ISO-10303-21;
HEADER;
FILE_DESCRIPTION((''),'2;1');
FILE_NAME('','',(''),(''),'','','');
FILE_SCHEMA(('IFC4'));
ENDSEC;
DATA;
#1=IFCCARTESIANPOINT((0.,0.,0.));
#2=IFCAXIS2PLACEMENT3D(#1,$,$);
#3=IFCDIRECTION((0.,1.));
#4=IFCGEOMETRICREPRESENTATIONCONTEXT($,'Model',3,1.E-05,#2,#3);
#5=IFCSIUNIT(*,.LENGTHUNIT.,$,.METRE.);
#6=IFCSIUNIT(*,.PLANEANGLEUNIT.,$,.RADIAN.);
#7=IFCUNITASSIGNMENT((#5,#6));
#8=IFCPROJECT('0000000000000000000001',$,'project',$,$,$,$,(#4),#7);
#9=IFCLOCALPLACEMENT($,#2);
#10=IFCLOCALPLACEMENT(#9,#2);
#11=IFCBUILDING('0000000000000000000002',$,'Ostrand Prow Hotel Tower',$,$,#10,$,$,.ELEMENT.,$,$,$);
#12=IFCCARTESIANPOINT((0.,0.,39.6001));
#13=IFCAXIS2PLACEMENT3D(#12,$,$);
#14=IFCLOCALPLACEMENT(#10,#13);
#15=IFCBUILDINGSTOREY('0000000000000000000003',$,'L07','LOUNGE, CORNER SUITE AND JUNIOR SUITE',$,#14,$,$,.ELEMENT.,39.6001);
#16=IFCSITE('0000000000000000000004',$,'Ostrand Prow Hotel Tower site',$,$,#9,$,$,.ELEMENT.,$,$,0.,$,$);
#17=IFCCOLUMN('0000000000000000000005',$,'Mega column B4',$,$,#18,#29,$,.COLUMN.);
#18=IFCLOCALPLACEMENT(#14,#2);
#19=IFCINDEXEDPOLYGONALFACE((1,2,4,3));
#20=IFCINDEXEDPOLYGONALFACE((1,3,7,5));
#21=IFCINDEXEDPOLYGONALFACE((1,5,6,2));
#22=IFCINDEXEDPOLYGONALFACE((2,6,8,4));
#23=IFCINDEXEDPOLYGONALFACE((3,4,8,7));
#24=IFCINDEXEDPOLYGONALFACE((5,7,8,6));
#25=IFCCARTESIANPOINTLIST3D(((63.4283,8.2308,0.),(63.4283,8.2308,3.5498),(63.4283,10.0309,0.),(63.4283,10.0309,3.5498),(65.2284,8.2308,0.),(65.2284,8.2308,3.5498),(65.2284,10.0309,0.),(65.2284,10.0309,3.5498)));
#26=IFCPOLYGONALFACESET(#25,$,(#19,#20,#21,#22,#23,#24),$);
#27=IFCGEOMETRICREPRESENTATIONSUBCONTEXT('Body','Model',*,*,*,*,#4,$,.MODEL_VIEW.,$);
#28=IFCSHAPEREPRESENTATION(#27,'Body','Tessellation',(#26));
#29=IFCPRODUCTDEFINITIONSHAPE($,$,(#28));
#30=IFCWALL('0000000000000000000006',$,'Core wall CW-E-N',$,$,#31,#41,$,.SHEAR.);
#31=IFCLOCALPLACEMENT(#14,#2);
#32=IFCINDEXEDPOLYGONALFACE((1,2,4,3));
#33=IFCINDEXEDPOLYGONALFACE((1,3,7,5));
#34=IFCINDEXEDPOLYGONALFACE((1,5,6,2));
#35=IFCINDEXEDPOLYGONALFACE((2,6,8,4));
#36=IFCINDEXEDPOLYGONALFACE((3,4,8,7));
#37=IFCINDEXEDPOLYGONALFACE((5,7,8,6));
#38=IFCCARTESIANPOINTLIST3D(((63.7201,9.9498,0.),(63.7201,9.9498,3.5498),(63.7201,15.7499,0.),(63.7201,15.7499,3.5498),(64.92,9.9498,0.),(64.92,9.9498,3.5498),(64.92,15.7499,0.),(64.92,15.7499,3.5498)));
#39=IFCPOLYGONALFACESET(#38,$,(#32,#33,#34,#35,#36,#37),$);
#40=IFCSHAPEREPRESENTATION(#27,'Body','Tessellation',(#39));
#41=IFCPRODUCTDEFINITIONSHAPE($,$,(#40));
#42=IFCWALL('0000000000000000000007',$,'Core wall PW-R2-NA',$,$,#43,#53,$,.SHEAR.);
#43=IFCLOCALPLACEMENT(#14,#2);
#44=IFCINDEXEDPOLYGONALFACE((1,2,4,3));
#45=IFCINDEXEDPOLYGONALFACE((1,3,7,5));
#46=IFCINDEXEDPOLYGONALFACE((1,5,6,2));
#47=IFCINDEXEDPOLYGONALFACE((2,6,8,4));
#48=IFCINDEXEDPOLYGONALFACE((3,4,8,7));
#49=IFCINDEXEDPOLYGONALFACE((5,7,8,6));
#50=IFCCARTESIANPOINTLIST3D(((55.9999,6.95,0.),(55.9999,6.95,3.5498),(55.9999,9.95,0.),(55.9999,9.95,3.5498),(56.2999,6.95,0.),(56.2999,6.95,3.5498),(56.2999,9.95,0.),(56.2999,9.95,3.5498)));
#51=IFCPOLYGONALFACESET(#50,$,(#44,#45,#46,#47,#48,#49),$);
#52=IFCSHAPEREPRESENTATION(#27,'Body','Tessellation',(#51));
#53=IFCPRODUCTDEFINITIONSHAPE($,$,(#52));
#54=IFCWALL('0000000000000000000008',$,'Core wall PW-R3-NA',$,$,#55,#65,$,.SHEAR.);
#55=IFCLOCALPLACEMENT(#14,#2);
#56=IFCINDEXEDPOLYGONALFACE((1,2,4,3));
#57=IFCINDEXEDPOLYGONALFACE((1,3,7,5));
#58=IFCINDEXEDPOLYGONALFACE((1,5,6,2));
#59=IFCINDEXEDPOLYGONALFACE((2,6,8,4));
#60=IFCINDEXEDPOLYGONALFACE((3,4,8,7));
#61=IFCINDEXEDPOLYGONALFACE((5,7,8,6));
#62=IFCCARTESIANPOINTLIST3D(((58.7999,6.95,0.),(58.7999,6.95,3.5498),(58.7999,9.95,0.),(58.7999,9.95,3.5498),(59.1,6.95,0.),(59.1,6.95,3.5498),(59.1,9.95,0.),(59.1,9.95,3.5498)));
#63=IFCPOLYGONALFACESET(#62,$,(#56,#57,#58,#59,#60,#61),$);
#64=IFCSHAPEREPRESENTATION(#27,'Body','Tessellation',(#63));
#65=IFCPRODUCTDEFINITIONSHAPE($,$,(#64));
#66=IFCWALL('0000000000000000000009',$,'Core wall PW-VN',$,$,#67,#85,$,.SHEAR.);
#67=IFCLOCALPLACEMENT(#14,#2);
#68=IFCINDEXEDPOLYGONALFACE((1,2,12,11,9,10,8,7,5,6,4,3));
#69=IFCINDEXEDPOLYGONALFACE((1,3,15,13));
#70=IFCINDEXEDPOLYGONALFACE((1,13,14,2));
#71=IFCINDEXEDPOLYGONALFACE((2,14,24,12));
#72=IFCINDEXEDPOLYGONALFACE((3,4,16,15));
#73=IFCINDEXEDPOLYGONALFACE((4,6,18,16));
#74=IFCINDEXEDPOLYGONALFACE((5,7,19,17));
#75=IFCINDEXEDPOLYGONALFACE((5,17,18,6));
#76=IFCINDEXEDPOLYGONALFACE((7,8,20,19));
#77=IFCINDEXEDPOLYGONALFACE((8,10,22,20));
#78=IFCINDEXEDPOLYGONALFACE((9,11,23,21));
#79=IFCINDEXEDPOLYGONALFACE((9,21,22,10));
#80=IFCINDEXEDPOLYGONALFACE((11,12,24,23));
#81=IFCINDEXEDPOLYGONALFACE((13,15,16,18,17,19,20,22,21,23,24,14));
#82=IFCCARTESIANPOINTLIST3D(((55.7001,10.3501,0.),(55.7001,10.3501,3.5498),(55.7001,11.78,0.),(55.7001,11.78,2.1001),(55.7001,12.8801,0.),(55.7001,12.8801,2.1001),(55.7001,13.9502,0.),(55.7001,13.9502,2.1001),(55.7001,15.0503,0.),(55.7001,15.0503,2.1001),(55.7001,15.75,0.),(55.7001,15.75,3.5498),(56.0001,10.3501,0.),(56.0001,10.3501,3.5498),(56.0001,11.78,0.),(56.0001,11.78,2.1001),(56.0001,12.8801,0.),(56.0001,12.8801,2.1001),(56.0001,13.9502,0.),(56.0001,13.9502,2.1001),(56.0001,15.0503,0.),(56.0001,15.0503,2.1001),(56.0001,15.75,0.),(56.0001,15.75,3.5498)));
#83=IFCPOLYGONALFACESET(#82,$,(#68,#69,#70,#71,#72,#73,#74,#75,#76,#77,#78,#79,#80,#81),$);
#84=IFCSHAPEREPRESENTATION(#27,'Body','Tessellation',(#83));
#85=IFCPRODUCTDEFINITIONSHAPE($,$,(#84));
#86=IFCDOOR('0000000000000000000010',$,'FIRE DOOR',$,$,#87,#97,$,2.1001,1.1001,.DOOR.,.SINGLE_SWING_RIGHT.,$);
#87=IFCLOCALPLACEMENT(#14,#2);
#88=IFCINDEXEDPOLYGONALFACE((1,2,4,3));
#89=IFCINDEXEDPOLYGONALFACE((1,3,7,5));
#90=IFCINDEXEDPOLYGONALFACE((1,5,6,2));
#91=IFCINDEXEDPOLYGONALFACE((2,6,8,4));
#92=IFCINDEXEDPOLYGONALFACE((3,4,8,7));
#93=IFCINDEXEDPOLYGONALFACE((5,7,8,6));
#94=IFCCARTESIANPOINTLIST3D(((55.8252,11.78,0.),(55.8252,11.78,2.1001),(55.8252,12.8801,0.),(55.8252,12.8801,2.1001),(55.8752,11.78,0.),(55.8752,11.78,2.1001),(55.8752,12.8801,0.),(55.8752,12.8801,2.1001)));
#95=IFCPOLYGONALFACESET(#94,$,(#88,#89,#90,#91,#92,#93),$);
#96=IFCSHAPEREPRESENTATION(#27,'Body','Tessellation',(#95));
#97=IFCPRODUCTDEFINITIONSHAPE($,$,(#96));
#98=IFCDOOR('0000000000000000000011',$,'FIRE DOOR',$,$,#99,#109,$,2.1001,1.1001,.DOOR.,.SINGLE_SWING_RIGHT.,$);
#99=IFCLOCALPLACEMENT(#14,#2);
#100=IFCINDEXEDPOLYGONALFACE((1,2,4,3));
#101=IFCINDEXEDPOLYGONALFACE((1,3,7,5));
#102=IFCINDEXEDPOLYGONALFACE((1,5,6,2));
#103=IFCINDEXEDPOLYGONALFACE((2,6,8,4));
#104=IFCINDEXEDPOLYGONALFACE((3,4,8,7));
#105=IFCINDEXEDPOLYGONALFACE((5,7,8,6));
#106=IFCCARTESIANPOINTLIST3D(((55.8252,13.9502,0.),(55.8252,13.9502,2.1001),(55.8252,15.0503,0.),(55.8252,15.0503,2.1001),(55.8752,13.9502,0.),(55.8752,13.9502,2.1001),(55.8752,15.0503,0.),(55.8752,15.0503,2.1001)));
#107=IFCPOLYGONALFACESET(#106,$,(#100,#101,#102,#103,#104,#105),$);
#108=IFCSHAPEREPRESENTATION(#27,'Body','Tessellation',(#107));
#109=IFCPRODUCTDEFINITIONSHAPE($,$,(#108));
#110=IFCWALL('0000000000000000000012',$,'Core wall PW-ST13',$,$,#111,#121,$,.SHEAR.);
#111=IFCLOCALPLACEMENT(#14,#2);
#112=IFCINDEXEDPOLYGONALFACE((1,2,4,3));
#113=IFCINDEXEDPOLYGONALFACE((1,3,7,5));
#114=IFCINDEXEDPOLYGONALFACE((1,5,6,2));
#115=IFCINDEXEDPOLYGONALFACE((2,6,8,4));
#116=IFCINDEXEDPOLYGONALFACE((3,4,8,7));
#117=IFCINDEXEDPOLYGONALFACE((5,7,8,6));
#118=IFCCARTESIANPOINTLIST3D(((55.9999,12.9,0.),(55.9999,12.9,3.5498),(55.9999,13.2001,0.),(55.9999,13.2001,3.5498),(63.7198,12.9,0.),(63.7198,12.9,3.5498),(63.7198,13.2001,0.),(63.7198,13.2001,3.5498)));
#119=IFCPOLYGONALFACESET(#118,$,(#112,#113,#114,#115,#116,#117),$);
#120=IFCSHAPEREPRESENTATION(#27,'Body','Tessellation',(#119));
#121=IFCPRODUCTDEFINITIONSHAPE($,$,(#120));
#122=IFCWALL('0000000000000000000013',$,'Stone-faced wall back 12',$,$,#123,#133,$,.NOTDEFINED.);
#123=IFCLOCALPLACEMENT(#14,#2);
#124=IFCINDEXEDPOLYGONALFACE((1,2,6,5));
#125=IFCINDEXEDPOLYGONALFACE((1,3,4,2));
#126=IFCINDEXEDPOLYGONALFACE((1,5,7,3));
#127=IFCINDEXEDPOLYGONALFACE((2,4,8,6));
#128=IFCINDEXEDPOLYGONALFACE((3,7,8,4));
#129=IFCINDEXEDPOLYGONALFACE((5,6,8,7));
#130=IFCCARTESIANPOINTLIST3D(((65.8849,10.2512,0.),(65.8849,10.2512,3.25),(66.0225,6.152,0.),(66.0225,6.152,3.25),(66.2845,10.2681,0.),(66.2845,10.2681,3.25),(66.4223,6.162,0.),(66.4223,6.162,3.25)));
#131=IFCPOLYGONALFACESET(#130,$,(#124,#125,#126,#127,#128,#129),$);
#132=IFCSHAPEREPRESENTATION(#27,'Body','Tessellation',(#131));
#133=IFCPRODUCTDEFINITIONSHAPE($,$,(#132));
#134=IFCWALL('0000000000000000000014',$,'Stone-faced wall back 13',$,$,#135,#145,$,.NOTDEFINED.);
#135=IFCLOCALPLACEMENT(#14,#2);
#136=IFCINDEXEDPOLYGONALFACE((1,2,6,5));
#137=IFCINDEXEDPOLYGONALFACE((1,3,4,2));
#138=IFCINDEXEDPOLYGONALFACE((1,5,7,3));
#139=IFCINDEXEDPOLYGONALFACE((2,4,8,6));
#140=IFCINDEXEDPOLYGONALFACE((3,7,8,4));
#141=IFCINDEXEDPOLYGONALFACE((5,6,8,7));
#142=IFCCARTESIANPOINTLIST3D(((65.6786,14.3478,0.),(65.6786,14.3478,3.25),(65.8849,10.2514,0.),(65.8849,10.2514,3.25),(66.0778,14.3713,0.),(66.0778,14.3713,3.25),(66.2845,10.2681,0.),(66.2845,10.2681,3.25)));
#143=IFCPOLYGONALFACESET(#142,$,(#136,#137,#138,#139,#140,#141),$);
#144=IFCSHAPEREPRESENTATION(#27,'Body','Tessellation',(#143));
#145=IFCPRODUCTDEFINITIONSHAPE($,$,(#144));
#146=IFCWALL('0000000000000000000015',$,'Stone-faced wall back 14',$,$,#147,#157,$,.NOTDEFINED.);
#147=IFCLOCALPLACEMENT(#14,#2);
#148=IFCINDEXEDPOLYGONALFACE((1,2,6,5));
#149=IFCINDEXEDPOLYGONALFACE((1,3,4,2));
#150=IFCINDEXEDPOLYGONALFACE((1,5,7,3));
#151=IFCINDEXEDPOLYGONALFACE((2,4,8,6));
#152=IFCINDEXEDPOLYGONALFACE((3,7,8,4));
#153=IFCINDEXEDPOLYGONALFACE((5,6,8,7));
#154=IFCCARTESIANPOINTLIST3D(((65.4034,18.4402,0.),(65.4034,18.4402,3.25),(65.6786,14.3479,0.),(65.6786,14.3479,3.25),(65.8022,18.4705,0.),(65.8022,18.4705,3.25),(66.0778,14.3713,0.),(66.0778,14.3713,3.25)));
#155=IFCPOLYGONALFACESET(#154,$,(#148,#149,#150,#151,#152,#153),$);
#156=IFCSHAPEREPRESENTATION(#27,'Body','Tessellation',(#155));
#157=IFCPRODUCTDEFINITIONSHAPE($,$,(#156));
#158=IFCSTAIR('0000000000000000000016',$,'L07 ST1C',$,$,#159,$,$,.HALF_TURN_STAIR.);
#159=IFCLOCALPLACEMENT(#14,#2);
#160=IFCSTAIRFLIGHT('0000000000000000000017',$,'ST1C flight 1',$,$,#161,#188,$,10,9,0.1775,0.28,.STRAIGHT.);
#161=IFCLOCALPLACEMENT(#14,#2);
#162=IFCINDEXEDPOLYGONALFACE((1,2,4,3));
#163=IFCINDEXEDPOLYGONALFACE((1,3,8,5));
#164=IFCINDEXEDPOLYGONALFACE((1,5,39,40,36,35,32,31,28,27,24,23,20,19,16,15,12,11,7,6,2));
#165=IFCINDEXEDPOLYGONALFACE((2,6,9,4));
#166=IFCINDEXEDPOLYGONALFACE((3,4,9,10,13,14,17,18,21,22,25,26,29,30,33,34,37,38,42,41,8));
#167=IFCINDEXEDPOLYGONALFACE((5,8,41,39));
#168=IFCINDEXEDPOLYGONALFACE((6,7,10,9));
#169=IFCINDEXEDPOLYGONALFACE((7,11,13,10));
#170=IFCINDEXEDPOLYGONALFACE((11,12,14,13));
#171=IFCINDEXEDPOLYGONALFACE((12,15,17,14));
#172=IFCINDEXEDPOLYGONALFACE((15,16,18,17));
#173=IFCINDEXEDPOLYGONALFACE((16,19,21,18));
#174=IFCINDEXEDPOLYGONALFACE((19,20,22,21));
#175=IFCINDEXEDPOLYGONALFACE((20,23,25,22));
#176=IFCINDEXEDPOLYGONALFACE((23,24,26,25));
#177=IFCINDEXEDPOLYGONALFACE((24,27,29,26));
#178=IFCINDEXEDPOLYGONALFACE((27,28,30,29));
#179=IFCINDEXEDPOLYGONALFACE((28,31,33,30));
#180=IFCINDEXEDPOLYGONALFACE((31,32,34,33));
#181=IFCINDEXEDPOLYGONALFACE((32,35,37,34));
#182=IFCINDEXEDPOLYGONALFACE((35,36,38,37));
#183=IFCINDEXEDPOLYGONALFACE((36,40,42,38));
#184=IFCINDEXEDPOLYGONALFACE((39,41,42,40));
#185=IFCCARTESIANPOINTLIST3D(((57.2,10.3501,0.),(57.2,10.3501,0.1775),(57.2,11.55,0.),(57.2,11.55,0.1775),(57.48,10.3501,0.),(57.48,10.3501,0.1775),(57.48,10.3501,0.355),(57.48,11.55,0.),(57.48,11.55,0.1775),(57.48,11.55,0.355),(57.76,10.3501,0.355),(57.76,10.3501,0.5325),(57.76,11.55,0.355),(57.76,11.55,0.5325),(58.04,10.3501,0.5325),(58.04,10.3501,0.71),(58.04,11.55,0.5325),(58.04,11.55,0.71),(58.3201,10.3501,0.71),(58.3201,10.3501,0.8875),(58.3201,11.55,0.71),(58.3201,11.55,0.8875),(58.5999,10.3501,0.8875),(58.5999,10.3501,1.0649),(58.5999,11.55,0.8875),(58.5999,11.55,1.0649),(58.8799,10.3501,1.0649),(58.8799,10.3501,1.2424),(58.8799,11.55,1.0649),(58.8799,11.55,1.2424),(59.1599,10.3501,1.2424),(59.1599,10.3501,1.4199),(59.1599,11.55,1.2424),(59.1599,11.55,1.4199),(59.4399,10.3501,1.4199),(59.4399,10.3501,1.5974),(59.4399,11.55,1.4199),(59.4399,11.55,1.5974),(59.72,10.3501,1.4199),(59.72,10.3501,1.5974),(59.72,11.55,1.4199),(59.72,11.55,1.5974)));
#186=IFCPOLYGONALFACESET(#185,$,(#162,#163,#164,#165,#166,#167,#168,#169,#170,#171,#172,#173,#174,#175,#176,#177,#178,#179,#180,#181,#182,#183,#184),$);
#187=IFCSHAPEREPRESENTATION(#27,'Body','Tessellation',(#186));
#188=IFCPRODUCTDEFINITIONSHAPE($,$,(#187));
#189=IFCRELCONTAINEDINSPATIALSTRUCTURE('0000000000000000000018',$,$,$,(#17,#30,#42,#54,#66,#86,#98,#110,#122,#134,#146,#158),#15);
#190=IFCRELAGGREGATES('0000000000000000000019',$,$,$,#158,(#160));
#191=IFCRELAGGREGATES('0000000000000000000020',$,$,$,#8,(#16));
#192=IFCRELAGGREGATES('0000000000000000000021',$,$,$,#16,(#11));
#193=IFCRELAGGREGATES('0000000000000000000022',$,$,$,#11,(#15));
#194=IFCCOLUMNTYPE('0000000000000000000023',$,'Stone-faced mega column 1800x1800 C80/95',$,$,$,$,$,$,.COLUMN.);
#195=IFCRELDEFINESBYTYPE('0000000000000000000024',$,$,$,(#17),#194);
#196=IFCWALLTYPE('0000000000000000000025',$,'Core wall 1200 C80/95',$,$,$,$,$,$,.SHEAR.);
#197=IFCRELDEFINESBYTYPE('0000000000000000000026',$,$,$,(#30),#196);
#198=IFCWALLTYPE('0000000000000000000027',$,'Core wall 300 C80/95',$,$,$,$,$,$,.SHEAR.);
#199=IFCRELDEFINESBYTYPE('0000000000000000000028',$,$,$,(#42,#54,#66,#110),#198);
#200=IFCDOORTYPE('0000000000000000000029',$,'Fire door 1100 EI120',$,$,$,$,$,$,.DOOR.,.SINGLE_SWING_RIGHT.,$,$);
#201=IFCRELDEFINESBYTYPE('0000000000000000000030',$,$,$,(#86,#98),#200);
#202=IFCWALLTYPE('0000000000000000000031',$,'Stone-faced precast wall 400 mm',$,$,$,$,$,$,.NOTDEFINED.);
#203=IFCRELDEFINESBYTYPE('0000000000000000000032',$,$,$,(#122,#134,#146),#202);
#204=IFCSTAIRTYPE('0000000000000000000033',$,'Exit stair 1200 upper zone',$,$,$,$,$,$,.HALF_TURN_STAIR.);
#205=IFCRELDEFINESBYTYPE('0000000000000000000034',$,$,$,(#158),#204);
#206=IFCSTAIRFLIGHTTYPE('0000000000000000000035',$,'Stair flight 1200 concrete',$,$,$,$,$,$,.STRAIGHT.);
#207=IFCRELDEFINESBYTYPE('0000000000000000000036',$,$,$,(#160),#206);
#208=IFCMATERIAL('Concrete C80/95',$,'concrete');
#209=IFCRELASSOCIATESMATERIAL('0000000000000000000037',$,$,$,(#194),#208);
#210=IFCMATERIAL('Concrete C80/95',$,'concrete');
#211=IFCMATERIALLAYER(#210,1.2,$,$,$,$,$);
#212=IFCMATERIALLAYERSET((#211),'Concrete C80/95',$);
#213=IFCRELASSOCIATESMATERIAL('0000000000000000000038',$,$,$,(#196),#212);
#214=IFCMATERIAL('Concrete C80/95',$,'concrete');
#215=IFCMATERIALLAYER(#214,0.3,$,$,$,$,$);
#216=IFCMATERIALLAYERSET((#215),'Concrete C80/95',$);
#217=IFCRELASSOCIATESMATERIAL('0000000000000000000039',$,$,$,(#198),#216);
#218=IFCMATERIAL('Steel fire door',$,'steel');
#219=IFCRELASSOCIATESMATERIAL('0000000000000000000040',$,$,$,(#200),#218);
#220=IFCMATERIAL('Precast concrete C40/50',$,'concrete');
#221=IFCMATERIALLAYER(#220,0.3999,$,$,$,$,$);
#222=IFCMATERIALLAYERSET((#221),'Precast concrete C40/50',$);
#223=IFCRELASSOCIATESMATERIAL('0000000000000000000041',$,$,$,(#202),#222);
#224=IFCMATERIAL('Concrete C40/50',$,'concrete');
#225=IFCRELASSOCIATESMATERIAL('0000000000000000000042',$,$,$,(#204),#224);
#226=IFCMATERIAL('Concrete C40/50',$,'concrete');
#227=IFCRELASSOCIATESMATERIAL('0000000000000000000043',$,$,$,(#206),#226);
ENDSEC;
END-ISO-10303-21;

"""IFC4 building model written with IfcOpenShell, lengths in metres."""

from ifc_helpers import new_model, si_unit, direction, frame, frame_2d, origin, origin_2d, place, context, subcontext, project, spatial, polyline, rectangle, outline, extrude, material, layer, layer_set, material_profile, profile_set, type_object, element, fill, aggregate, save


model = new_model("IFC4")

# Units and contexts
model_context = context("Model", 3, precision=1e-05, world=origin(), true_north=direction((0.0, 1.0)))
body_context = subcontext(model_context, "Body", "Model", "MODEL_VIEW")
ifc_project = project(units=[si_unit("LENGTHUNIT", "METRE"), si_unit("PLANEANGLEUNIT", "RADIAN")], contexts=[model_context])

# Site, building, storey
site_placement = place(None, origin())
site = spatial("IfcSite", under=ifc_project, at=site_placement, Name="Ostrand Prow Hotel Tower site", CompositionType="ELEMENT", RefElevation=0.0)
building_placement = place(site_placement, origin())
building = spatial("IfcBuilding", under=site, at=building_placement, Name="Ostrand Prow Hotel Tower", CompositionType="ELEMENT")
storey_placement = place(building_placement, frame((0.0, 0.0, 39.6001)))
storey = spatial("IfcBuildingStorey", under=building, at=storey_placement, Name="L07", Description="LOUNGE, CORNER SUITE AND JUNIOR SUITE", CompositionType="ELEMENT", Elevation=39.6001)

# Column
ifc_material_1 = material(Name="Concrete C80/95", Category="concrete")
ifc_material_profile = material_profile(ifc_material_1, rectangle(XDim=1.8, YDim=1.8, at=origin_2d()), Name="RC 1800x1800")
ifc_profile_set = profile_set([ifc_material_profile], Name="Concrete C80/95")
column_type = type_object("IfcColumnType", Name="Stone-faced mega column 1800x1800 C80/95", PredefinedType="COLUMN", material=ifc_profile_set)
column_placement = place(storey_placement, frame((64.3284, 9.1309, 0.0), z_axis=(0.0, 0.0, 1.0), x_axis=(1.0, 0.0, 0.0)))
element("IfcColumn", 1, at=column_placement, inside=storey, type_object=column_type, Name="Mega column B4", PredefinedType="COLUMN", context=body_context, shape_type="SweptSolid", body=[
    extrude(rectangle(XDim=1.8, YDim=1.8, at=origin_2d()), origin(), (0.0, 0.0, 1.0), 3.5498),
])

# Walls
ifc_material_2 = material(Name="Concrete C80/95", Category="concrete")
ifc_layer_1 = layer(ifc_material_2, 1.2)
ifc_layer_set_1 = layer_set([ifc_layer_1], Name="Concrete C80/95")
wall_type_1 = type_object("IfcWallType", Name="Core wall 1200 C80/95", PredefinedType="SHEAR", material=ifc_layer_set_1)
wall_1_placement = place(storey_placement, frame((64.3201, 9.95, 0.0), z_axis=(0.0, 0.0, 1.0), x_axis=(0.0, 1.0, 0.0)))
element("IfcWall", 2, at=wall_1_placement, inside=storey, type_object=wall_type_1, Name="Core wall CW-E-N", PredefinedType="SHEAR", context=body_context, shape_type="SweptSolid", body=[
    extrude(rectangle(XDim=5.8, YDim=1.2, at=frame_2d((2.8999, 0.0))), origin(), (0.0, 0.0, 1.0), 3.5498),
])
ifc_material_3 = material(Name="Concrete C80/95", Category="concrete")
ifc_layer_2 = layer(ifc_material_3, 0.3)
ifc_layer_set_2 = layer_set([ifc_layer_2], Name="Concrete C80/95")
wall_type_2 = type_object("IfcWallType", Name="Core wall 300 C80/95", PredefinedType="SHEAR", material=ifc_layer_set_2)
for number, where, z_axis, x_axis, name in (
    (3, (56.1499, 6.95, 0.0), (0.0, 0.0, 1.0), (0.0, 1.0, 0.0), "Core wall PW-R2-NA"),
    (4, (58.95, 6.95, 0.0), (0.0, 0.0, 1.0), (0.0, 1.0, 0.0), "Core wall PW-R3-NA"),
):
    element("IfcWall", number, at=place(storey_placement, frame(where, z_axis=z_axis, x_axis=x_axis)), inside=storey, type_object=wall_type_2, Name=name, PredefinedType="SHEAR", context=body_context, shape_type="SweptSolid", body=[
        extrude(rectangle(XDim=3.0, YDim=0.3, at=frame_2d((1.5, 0.0))), origin(), (0.0, 0.0, 1.0), 3.5498),
    ])

# Wall, openings, doors
wall_2_placement = place(storey_placement, frame((55.8501, 10.3501, 0.0), z_axis=(0.0, 0.0, 1.0), x_axis=(0.0, 1.0, 0.0)))
wall_2 = element("IfcWall", 5, at=wall_2_placement, inside=storey, type_object=wall_type_2, Name="Core wall PW-VN", PredefinedType="SHEAR", context=body_context, shape_type="SweptSolid", body=[
    extrude(rectangle(XDim=5.3999, YDim=0.3, at=frame_2d((2.7, 0.0))), origin(), (0.0, 0.0, 1.0), 3.5498),
])
opening_1_placement = place(wall_2_placement, frame((1.4299, 0.0, 0.0)))
opening_1 = element("IfcOpeningElement", 6, at=opening_1_placement, cuts=wall_2, PredefinedType="OPENING", context=body_context, shape_type="SweptSolid", body=[
    extrude(rectangle(XDim=1.1001, YDim=2.1001, at=frame_2d((0.55, 1.05))), frame((0.0, 0.1599, 0.0), z_axis=(0.0, -1.0, 0.0), x_axis=(1.0, 0.0, 0.0)), (0.0, 0.0, 1.0), 0.3201),
])
opening_2_placement = place(wall_2_placement, frame((3.6001, 0.0, 0.0)))
opening_2 = element("IfcOpeningElement", 7, at=opening_2_placement, cuts=wall_2, PredefinedType="OPENING", context=body_context, shape_type="SweptSolid", body=[
    extrude(rectangle(XDim=1.1001, YDim=2.1001, at=frame_2d((0.55, 1.05))), frame((0.0, 0.1599, 0.0), z_axis=(0.0, -1.0, 0.0), x_axis=(1.0, 0.0, 0.0)), (0.0, 0.0, 1.0), 0.3201),
])
ifc_material_4 = material(Name="Steel fire door", Category="steel")
door_type = type_object("IfcDoorType", Name="Fire door 1100 EI120", OperationType="SINGLE_SWING_RIGHT", PredefinedType="DOOR", material=ifc_material_4)
door_1_placement = place(opening_1_placement, origin())
door_1 = element("IfcDoor", 8, at=door_1_placement, inside=storey, type_object=door_type, Name="FIRE DOOR", OperationType="SINGLE_SWING_RIGHT", OverallHeight=2.1001, OverallWidth=1.1001, PredefinedType="DOOR", context=body_context, shape_type="SweptSolid", body=[
    extrude(rectangle(XDim=1.1001, YDim=2.1001, at=frame_2d((0.55, 1.05))), frame((0.0, 0.0249, 0.0), z_axis=(0.0, -1.0, 0.0), x_axis=(1.0, 0.0, 0.0)), (0.0, 0.0, 1.0), 0.05),
])
fill(opening_1, door_1)
door_2_placement = place(opening_2_placement, origin())
door_2 = element("IfcDoor", 9, at=door_2_placement, inside=storey, type_object=door_type, Name="FIRE DOOR", OperationType="SINGLE_SWING_RIGHT", OverallHeight=2.1001, OverallWidth=1.1001, PredefinedType="DOOR", context=body_context, shape_type="SweptSolid", body=[
    extrude(rectangle(XDim=1.1001, YDim=2.1001, at=frame_2d((0.55, 1.05))), frame((0.0, 0.0249, 0.0), z_axis=(0.0, -1.0, 0.0), x_axis=(1.0, 0.0, 0.0)), (0.0, 0.0, 1.0), 0.05),
])
fill(opening_2, door_2)

# Walls
wall_3_placement = place(storey_placement, frame((56.0, 13.05, 0.0), z_axis=(0.0, 0.0, 1.0), x_axis=(1.0, 0.0, 0.0)))
element("IfcWall", 10, at=wall_3_placement, inside=storey, type_object=wall_type_2, Name="Core wall PW-ST13", PredefinedType="SHEAR", context=body_context, shape_type="SweptSolid", body=[
    extrude(rectangle(XDim=7.72, YDim=0.3, at=frame_2d((3.8599, 0.0))), origin(), (0.0, 0.0, 1.0), 3.5498),
])
ifc_material_5 = material(Name="Precast concrete C40/50", Category="concrete")
ifc_layer_3 = layer(ifc_material_5, 0.3999)
ifc_layer_set_3 = layer_set([ifc_layer_3], Name="Precast concrete C40/50")
wall_type_3 = type_object("IfcWallType", Name="Stone-faced precast wall 400 mm", PredefinedType="NOTDEFINED", material=ifc_layer_set_3)
for number, where, z_axis, x_axis, name in (
    (11, (66.2224, 6.157, 0.0), (0.0, 0.0, 1.0), (-0.033543, 0.999437, 0.0), "Stone-faced wall back 12"),
    (12, (66.0847, 10.2598, 0.0), (0.0, 0.0, 1.0), (-0.050314, 0.998733, 0.0), "Stone-faced wall back 13"),
    (13, (65.8782, 14.3596, 0.0), (0.0, 0.0, 1.0), (-0.067087, 0.997747, 0.0), "Stone-faced wall back 14"),
):
    element("IfcWall", number, at=place(storey_placement, frame(where, z_axis=z_axis, x_axis=x_axis)), inside=storey, type_object=wall_type_3, Name=name, PredefinedType="NOTDEFINED", context=body_context, shape_type="SweptSolid", body=[
        extrude(outline(polyline([(-0.0017, -0.2), (4.1067, -0.2), (4.1033, 0.2), (0.0017, 0.2), (-0.0017, -0.2)])), origin(), (0.0, 0.0, 1.0), 3.25),
    ])

# Stair, stair flight
ifc_material_6 = material(Name="Concrete C40/50", Category="concrete")
stair_type = type_object("IfcStairType", Name="Exit stair 1200 upper zone", PredefinedType="HALF_TURN_STAIR", material=ifc_material_6)
stair_1_placement = place(storey_placement, origin())
stair_1 = element("IfcStair", 14, at=stair_1_placement, inside=storey, type_object=stair_type, Name="L07 ST1C", PredefinedType="HALF_TURN_STAIR")
ifc_material_7 = material(Name="Concrete C40/50", Category="concrete")
stair_flight_type = type_object("IfcStairFlightType", Name="Stair flight 1200 concrete", PredefinedType="STRAIGHT", material=ifc_material_7)
stair_flight_1_placement = place(storey_placement, frame((57.2, 10.95, 0.0), z_axis=(0.0, 0.0, 1.0), x_axis=(1.0, 0.0, 0.0)))
stair_flight_1 = element("IfcStairFlight", 15, at=stair_flight_1_placement, type_object=stair_flight_type, Name="ST1C flight 1", NumberOfRisers=10, NumberOfTreads=9, PredefinedType="STRAIGHT", RiserHeight=0.1775, TreadLength=0.28, context=body_context, shape_type="SweptSolid", body=[
    extrude(outline(polyline([(0.0, 0.0), (0.0, 0.1775), (0.28, 0.1775), (0.28, 0.355), (0.5601, 0.355), (0.5601, 0.5325), (0.8401, 0.5325), (0.8401, 0.71), (1.1201, 0.71), (1.1201, 0.8875), (1.3999, 0.8875), (1.3999, 1.0649), (1.6799, 1.0649), (1.6799, 1.2424), (1.96, 1.2424), (1.96, 1.4199), (2.24, 1.4199), (2.24, 1.5974), (2.52, 1.5974), (2.52, 1.7749), (2.52, 1.4199), (0.28, 0.0), (0.0, 0.0)])), frame((0.0, 0.6001, 0.0), z_axis=(0.0, -1.0, 0.0), x_axis=(1.0, 0.0, 0.0)), (0.0, 0.0, 1.0), 1.2),
])
aggregate(stair_1, [stair_flight_1])

save(model, "model.ifc")
